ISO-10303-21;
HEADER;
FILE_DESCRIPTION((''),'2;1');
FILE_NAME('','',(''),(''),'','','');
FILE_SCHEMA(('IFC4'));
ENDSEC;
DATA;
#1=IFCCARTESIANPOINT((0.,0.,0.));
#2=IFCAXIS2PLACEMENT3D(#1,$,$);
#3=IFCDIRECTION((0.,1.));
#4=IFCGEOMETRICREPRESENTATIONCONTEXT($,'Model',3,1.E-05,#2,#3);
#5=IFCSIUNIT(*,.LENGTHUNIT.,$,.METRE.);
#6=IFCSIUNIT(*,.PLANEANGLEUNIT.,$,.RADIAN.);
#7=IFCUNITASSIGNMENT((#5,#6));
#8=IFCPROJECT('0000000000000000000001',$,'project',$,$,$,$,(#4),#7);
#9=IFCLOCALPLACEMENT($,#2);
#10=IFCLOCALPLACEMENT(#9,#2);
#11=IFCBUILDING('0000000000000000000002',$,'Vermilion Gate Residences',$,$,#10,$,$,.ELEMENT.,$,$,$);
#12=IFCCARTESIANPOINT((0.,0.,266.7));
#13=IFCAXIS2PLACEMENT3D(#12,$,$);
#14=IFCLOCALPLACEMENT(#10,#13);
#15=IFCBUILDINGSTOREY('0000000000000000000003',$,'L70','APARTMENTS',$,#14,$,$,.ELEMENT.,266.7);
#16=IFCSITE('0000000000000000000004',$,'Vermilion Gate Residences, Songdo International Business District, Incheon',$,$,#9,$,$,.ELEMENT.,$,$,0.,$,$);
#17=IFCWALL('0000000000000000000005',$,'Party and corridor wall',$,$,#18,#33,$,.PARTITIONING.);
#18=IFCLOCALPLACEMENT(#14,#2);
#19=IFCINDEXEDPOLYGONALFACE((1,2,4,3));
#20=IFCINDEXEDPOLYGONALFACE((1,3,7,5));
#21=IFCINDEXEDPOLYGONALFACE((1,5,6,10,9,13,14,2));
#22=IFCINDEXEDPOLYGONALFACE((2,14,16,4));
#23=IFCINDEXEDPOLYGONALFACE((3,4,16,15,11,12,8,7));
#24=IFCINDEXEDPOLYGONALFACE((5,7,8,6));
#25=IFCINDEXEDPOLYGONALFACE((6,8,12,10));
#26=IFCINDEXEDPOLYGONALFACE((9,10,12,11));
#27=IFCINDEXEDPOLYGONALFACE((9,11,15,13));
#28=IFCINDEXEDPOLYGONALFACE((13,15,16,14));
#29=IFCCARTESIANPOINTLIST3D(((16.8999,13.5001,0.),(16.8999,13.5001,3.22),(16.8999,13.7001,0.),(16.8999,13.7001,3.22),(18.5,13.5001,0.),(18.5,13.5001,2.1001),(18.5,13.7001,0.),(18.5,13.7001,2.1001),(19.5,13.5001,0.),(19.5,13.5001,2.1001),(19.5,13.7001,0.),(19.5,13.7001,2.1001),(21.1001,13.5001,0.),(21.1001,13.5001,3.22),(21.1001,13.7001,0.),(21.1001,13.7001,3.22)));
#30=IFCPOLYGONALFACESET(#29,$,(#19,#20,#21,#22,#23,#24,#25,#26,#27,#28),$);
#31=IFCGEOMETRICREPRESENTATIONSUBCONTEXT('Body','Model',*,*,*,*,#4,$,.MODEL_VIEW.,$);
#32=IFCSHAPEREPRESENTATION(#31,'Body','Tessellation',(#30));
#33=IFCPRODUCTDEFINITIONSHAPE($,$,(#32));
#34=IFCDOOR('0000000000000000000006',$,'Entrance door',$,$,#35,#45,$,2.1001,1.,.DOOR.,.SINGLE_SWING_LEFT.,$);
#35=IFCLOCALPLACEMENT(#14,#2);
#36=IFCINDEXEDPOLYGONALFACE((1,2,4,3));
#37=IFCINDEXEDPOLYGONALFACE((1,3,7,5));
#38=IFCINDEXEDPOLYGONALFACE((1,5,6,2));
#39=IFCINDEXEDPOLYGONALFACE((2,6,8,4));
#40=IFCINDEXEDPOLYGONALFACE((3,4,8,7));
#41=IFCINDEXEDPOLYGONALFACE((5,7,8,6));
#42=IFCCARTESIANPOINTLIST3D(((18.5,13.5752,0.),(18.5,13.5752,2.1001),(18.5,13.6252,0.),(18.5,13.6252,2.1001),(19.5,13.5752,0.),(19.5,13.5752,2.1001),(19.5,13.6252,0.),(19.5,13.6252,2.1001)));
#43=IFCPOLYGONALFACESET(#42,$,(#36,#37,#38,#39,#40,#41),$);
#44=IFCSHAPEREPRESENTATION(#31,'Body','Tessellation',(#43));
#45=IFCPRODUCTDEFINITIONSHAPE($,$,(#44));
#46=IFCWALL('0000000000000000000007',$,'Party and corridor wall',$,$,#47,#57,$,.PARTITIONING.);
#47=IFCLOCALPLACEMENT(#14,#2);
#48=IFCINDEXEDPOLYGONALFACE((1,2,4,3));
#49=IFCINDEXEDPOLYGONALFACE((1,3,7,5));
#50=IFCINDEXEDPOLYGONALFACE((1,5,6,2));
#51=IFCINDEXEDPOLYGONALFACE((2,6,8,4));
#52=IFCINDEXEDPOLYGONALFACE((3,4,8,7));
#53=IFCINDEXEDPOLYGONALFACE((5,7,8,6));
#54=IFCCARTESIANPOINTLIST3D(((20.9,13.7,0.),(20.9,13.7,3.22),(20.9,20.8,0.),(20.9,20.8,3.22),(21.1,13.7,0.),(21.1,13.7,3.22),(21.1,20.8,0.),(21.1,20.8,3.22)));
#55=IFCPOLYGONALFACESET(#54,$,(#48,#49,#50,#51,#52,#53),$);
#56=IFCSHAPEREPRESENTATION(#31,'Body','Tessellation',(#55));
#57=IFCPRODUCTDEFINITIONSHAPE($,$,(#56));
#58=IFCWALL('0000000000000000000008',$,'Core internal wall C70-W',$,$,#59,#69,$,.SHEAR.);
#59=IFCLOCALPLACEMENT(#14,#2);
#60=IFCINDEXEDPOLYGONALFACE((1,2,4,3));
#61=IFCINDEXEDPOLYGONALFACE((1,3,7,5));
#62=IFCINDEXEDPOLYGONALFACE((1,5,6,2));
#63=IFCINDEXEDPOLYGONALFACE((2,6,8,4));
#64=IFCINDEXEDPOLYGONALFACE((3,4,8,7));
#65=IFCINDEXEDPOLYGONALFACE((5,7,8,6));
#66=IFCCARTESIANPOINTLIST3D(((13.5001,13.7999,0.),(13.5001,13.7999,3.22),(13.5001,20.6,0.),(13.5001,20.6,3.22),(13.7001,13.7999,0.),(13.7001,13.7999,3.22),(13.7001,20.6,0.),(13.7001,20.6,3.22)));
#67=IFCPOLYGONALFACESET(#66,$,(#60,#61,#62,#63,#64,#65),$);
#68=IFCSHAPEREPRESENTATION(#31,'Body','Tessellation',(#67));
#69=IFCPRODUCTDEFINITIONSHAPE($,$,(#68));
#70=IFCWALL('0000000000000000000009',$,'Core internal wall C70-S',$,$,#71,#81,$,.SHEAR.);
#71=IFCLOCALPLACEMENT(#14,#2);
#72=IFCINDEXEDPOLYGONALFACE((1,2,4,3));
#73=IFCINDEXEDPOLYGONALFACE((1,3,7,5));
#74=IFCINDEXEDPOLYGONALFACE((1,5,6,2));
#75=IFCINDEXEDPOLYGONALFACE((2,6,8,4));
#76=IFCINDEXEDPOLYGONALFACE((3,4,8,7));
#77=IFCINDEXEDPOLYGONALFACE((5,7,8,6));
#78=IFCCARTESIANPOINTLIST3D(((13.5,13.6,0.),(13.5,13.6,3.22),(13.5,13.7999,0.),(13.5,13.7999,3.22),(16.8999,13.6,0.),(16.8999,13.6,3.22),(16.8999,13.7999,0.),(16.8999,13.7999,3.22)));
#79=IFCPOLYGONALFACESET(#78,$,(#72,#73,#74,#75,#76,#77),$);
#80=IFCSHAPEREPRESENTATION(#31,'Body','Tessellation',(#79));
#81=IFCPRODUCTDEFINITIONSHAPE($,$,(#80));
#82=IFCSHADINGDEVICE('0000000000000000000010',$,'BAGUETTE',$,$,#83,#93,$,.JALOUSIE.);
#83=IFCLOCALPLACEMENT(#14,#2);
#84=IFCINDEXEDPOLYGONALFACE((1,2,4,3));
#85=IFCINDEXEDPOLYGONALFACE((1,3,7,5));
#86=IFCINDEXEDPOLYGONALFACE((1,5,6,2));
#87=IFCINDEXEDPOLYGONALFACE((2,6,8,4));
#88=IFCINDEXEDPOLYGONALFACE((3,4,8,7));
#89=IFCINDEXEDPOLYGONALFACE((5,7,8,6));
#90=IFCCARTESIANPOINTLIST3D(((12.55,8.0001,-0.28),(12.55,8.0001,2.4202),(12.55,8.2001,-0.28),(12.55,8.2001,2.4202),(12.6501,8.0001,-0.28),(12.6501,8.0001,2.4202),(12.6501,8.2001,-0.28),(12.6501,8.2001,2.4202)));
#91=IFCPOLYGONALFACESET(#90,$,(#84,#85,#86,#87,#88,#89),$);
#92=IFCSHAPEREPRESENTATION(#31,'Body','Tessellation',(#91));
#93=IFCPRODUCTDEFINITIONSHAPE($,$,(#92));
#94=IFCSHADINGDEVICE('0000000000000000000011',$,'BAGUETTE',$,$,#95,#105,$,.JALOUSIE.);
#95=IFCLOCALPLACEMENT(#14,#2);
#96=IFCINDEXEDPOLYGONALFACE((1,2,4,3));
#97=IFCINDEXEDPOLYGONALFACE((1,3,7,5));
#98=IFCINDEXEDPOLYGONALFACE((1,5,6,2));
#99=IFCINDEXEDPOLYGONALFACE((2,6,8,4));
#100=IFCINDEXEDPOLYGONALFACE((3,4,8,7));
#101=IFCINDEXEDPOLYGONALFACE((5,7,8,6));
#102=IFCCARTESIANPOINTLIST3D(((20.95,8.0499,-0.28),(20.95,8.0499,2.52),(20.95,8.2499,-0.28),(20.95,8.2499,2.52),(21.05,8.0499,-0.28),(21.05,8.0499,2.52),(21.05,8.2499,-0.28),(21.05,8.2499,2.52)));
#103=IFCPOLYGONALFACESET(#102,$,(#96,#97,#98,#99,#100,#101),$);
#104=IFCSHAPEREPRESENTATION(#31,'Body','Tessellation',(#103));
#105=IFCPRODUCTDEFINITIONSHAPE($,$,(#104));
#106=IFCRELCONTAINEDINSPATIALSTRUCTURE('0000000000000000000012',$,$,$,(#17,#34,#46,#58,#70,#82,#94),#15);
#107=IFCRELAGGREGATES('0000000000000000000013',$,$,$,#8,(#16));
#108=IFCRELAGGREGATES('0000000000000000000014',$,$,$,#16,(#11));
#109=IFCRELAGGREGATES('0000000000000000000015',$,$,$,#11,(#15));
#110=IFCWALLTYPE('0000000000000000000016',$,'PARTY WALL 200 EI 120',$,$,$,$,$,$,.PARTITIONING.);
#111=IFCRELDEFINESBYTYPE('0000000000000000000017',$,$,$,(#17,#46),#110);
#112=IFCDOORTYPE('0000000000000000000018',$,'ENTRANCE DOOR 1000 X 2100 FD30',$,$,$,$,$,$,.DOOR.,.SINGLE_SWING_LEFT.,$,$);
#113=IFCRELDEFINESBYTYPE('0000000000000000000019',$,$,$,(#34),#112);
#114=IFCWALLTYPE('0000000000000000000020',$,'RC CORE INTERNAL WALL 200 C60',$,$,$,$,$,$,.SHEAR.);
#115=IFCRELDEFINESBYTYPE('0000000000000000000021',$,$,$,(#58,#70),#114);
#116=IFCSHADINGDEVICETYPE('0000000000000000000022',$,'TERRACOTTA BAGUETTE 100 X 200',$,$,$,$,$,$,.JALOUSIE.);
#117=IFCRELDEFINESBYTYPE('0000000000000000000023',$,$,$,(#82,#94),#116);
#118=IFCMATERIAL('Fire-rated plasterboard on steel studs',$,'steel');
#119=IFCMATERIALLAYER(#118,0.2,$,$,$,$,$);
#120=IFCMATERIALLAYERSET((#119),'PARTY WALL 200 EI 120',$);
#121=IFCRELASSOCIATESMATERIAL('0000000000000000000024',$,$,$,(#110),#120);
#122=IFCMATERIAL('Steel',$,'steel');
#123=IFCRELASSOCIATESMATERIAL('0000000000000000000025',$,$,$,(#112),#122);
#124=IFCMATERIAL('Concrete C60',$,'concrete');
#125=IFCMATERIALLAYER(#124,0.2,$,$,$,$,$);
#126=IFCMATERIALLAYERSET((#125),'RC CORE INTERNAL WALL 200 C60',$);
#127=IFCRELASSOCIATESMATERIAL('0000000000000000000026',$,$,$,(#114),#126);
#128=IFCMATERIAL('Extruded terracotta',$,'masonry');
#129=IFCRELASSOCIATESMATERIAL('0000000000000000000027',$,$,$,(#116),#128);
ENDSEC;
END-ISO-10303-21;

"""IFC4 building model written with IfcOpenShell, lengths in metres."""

from ifc_helpers import new_model, si_unit, direction, frame, frame_2d, origin, origin_2d, place, context, subcontext, project, spatial, rectangle, extrude, material, layer, layer_set, material_profile, profile_set, type_object, element, fill, save


model = new_model("IFC4")

# Units and contexts
model_context = context("Model", 3, precision=1e-05, world=origin(), true_north=direction((0.0, 1.0)))
body_context = subcontext(model_context, "Body", "Model", "MODEL_VIEW")
ifc_project = project(units=[si_unit("LENGTHUNIT", "METRE"), si_unit("PLANEANGLEUNIT", "RADIAN")], contexts=[model_context])

# Site, building, storey
site_placement = place(None, origin())
site = spatial("IfcSite", under=ifc_project, at=site_placement, Name="Vermilion Gate Residences, Songdo International Business District, Incheon", CompositionType="ELEMENT", RefElevation=0.0)
building_placement = place(site_placement, origin())
building = spatial("IfcBuilding", under=site, at=building_placement, Name="Vermilion Gate Residences", CompositionType="ELEMENT")
storey_placement = place(building_placement, frame((0.0, 0.0, 266.7)))
storey = spatial("IfcBuildingStorey", under=building, at=storey_placement, Name="L70", Description="APARTMENTS", CompositionType="ELEMENT", Elevation=266.7)

# Wall, opening, door
ifc_material_1 = material(Name="Fire-rated plasterboard on steel studs", Category="steel")
ifc_layer_1 = layer(ifc_material_1, 0.2)
ifc_layer_set_1 = layer_set([ifc_layer_1], Name="PARTY WALL 200 EI 120")
wall_type_1 = type_object("IfcWallType", Name="PARTY WALL 200 EI 120", PredefinedType="PARTITIONING", material=ifc_layer_set_1)
wall_1_placement = place(storey_placement, frame((16.8999, 13.6001, 0.0), z_axis=(0.0, 0.0, 1.0), x_axis=(1.0, 0.0, 0.0)))
wall_1 = element("IfcWall", 1, at=wall_1_placement, inside=storey, type_object=wall_type_1, Name="Party and corridor wall", PredefinedType="PARTITIONING", context=body_context, shape_type="SweptSolid", body=[
    extrude(rectangle(XDim=4.2002, YDim=0.2, at=frame_2d((2.1001, 0.0))), origin(), (0.0, 0.0, 1.0), 3.22),
])
opening_1_placement = place(wall_1_placement, frame((1.6001, 0.0, 0.0)))
opening_1 = element("IfcOpeningElement", 2, at=opening_1_placement, cuts=wall_1, PredefinedType="OPENING", context=body_context, shape_type="SweptSolid", body=[
    extrude(rectangle(XDim=1.0, YDim=2.1001, at=frame_2d((0.5, 1.05))), frame((0.0, 0.1099, 0.0), z_axis=(0.0, -1.0, 0.0), x_axis=(1.0, 0.0, 0.0)), (0.0, 0.0, 1.0), 0.22),
])
ifc_material_2 = material(Name="Steel", Category="steel")
door_type_1 = type_object("IfcDoorType", Name="ENTRANCE DOOR 1000 X 2100 FD30", OperationType="SINGLE_SWING_LEFT", PredefinedType="DOOR", material=ifc_material_2)
door_1_placement = place(opening_1_placement, frame((1.0, 0.0, 0.0), z_axis=(0.0, 0.0, 1.0), x_axis=(-1.0, 0.0, 0.0)))
door_1 = element("IfcDoor", 3, at=door_1_placement, inside=storey, type_object=door_type_1, Name="Entrance door", OperationType="SINGLE_SWING_LEFT", OverallHeight=2.1001, OverallWidth=1.0, PredefinedType="DOOR", context=body_context, shape_type="SweptSolid", body=[
    extrude(rectangle(XDim=1.0, YDim=2.1001, at=frame_2d((0.5, 1.05))), frame((0.0, 0.0249, 0.0), z_axis=(0.0, -1.0, 0.0), x_axis=(1.0, 0.0, 0.0)), (0.0, 0.0, 1.0), 0.05),
])
fill(opening_1, door_1)

# Walls
wall_2_placement = place(storey_placement, frame((21.0, 13.7, 0.0), z_axis=(0.0, 0.0, 1.0), x_axis=(0.0, 1.0, 0.0)))
element("IfcWall", 4, at=wall_2_placement, inside=storey, type_object=wall_type_1, Name="Party and corridor wall", PredefinedType="PARTITIONING", context=body_context, shape_type="SweptSolid", body=[
    extrude(rectangle(XDim=7.1001, YDim=0.2, at=frame_2d((3.55, 0.0))), origin(), (0.0, 0.0, 1.0), 3.22),
])
ifc_material_3 = material(Name="Concrete C60", Category="concrete")
ifc_layer_2 = layer(ifc_material_3, 0.2)
ifc_layer_set_2 = layer_set([ifc_layer_2], Name="RC CORE INTERNAL WALL 200 C60")
wall_type_2 = type_object("IfcWallType", Name="RC CORE INTERNAL WALL 200 C60", PredefinedType="SHEAR", material=ifc_layer_set_2)
wall_3_placement = place(storey_placement, frame((13.6001, 13.8, 0.0), z_axis=(0.0, 0.0, 1.0), x_axis=(0.0, 1.0, 0.0)))
element("IfcWall", 5, at=wall_3_placement, inside=storey, type_object=wall_type_2, Name="Core internal wall C70-W", PredefinedType="SHEAR", context=body_context, shape_type="SweptSolid", body=[
    extrude(rectangle(XDim=6.8, YDim=0.2, at=frame_2d((3.3999, 0.0))), origin(), (0.0, 0.0, 1.0), 3.22),
])
wall_4_placement = place(storey_placement, frame((13.5, 13.7, 0.0), z_axis=(0.0, 0.0, 1.0), x_axis=(1.0, 0.0, 0.0)))
element("IfcWall", 6, at=wall_4_placement, inside=storey, type_object=wall_type_2, Name="Core internal wall C70-S", PredefinedType="SHEAR", context=body_context, shape_type="SweptSolid", body=[
    extrude(rectangle(XDim=3.3999, YDim=0.2, at=frame_2d((1.7, 0.0))), origin(), (0.0, 0.0, 1.0), 3.22),
])

# Shading devices
ifc_material_4 = material(Name="Extruded terracotta", Category="masonry")
ifc_material_profile_1 = material_profile(ifc_material_4, rectangle(XDim=0.2, YDim=0.1001, at=origin_2d()), Name="BAGUETTE 100 X 200")
ifc_profile_set_1 = profile_set([ifc_material_profile_1], Name="Extruded terracotta")
shading_device_type = type_object("IfcShadingDeviceType", Name="TERRACOTTA BAGUETTE 100 X 200", PredefinedType="JALOUSIE", material=ifc_profile_set_1)
shading_device_1_placement = place(storey_placement, frame((12.6001, 8.1001, -0.28), z_axis=(0.0, 0.0, 1.0), x_axis=(0.0, 1.0, 0.0)))
element("IfcShadingDevice", 7, at=shading_device_1_placement, inside=storey, type_object=shading_device_type, Name="BAGUETTE", PredefinedType="JALOUSIE", context=body_context, shape_type="SweptSolid", body=[
    extrude(rectangle(XDim=0.2, YDim=0.1001, at=origin_2d()), origin(), (0.0, 0.0, 1.0), 2.7002),
])
shading_device_2_placement = place(storey_placement, frame((21.0, 8.1499, -0.28), z_axis=(0.0, 0.0, 1.0), x_axis=(0.0, 1.0, 0.0)))
element("IfcShadingDevice", 8, at=shading_device_2_placement, inside=storey, type_object=shading_device_type, Name="BAGUETTE", PredefinedType="JALOUSIE", context=body_context, shape_type="SweptSolid", body=[
    extrude(rectangle(XDim=0.2, YDim=0.1001, at=origin_2d()), origin(), (0.0, 0.0, 1.0), 2.8),
])

save(model, "model.ifc")
